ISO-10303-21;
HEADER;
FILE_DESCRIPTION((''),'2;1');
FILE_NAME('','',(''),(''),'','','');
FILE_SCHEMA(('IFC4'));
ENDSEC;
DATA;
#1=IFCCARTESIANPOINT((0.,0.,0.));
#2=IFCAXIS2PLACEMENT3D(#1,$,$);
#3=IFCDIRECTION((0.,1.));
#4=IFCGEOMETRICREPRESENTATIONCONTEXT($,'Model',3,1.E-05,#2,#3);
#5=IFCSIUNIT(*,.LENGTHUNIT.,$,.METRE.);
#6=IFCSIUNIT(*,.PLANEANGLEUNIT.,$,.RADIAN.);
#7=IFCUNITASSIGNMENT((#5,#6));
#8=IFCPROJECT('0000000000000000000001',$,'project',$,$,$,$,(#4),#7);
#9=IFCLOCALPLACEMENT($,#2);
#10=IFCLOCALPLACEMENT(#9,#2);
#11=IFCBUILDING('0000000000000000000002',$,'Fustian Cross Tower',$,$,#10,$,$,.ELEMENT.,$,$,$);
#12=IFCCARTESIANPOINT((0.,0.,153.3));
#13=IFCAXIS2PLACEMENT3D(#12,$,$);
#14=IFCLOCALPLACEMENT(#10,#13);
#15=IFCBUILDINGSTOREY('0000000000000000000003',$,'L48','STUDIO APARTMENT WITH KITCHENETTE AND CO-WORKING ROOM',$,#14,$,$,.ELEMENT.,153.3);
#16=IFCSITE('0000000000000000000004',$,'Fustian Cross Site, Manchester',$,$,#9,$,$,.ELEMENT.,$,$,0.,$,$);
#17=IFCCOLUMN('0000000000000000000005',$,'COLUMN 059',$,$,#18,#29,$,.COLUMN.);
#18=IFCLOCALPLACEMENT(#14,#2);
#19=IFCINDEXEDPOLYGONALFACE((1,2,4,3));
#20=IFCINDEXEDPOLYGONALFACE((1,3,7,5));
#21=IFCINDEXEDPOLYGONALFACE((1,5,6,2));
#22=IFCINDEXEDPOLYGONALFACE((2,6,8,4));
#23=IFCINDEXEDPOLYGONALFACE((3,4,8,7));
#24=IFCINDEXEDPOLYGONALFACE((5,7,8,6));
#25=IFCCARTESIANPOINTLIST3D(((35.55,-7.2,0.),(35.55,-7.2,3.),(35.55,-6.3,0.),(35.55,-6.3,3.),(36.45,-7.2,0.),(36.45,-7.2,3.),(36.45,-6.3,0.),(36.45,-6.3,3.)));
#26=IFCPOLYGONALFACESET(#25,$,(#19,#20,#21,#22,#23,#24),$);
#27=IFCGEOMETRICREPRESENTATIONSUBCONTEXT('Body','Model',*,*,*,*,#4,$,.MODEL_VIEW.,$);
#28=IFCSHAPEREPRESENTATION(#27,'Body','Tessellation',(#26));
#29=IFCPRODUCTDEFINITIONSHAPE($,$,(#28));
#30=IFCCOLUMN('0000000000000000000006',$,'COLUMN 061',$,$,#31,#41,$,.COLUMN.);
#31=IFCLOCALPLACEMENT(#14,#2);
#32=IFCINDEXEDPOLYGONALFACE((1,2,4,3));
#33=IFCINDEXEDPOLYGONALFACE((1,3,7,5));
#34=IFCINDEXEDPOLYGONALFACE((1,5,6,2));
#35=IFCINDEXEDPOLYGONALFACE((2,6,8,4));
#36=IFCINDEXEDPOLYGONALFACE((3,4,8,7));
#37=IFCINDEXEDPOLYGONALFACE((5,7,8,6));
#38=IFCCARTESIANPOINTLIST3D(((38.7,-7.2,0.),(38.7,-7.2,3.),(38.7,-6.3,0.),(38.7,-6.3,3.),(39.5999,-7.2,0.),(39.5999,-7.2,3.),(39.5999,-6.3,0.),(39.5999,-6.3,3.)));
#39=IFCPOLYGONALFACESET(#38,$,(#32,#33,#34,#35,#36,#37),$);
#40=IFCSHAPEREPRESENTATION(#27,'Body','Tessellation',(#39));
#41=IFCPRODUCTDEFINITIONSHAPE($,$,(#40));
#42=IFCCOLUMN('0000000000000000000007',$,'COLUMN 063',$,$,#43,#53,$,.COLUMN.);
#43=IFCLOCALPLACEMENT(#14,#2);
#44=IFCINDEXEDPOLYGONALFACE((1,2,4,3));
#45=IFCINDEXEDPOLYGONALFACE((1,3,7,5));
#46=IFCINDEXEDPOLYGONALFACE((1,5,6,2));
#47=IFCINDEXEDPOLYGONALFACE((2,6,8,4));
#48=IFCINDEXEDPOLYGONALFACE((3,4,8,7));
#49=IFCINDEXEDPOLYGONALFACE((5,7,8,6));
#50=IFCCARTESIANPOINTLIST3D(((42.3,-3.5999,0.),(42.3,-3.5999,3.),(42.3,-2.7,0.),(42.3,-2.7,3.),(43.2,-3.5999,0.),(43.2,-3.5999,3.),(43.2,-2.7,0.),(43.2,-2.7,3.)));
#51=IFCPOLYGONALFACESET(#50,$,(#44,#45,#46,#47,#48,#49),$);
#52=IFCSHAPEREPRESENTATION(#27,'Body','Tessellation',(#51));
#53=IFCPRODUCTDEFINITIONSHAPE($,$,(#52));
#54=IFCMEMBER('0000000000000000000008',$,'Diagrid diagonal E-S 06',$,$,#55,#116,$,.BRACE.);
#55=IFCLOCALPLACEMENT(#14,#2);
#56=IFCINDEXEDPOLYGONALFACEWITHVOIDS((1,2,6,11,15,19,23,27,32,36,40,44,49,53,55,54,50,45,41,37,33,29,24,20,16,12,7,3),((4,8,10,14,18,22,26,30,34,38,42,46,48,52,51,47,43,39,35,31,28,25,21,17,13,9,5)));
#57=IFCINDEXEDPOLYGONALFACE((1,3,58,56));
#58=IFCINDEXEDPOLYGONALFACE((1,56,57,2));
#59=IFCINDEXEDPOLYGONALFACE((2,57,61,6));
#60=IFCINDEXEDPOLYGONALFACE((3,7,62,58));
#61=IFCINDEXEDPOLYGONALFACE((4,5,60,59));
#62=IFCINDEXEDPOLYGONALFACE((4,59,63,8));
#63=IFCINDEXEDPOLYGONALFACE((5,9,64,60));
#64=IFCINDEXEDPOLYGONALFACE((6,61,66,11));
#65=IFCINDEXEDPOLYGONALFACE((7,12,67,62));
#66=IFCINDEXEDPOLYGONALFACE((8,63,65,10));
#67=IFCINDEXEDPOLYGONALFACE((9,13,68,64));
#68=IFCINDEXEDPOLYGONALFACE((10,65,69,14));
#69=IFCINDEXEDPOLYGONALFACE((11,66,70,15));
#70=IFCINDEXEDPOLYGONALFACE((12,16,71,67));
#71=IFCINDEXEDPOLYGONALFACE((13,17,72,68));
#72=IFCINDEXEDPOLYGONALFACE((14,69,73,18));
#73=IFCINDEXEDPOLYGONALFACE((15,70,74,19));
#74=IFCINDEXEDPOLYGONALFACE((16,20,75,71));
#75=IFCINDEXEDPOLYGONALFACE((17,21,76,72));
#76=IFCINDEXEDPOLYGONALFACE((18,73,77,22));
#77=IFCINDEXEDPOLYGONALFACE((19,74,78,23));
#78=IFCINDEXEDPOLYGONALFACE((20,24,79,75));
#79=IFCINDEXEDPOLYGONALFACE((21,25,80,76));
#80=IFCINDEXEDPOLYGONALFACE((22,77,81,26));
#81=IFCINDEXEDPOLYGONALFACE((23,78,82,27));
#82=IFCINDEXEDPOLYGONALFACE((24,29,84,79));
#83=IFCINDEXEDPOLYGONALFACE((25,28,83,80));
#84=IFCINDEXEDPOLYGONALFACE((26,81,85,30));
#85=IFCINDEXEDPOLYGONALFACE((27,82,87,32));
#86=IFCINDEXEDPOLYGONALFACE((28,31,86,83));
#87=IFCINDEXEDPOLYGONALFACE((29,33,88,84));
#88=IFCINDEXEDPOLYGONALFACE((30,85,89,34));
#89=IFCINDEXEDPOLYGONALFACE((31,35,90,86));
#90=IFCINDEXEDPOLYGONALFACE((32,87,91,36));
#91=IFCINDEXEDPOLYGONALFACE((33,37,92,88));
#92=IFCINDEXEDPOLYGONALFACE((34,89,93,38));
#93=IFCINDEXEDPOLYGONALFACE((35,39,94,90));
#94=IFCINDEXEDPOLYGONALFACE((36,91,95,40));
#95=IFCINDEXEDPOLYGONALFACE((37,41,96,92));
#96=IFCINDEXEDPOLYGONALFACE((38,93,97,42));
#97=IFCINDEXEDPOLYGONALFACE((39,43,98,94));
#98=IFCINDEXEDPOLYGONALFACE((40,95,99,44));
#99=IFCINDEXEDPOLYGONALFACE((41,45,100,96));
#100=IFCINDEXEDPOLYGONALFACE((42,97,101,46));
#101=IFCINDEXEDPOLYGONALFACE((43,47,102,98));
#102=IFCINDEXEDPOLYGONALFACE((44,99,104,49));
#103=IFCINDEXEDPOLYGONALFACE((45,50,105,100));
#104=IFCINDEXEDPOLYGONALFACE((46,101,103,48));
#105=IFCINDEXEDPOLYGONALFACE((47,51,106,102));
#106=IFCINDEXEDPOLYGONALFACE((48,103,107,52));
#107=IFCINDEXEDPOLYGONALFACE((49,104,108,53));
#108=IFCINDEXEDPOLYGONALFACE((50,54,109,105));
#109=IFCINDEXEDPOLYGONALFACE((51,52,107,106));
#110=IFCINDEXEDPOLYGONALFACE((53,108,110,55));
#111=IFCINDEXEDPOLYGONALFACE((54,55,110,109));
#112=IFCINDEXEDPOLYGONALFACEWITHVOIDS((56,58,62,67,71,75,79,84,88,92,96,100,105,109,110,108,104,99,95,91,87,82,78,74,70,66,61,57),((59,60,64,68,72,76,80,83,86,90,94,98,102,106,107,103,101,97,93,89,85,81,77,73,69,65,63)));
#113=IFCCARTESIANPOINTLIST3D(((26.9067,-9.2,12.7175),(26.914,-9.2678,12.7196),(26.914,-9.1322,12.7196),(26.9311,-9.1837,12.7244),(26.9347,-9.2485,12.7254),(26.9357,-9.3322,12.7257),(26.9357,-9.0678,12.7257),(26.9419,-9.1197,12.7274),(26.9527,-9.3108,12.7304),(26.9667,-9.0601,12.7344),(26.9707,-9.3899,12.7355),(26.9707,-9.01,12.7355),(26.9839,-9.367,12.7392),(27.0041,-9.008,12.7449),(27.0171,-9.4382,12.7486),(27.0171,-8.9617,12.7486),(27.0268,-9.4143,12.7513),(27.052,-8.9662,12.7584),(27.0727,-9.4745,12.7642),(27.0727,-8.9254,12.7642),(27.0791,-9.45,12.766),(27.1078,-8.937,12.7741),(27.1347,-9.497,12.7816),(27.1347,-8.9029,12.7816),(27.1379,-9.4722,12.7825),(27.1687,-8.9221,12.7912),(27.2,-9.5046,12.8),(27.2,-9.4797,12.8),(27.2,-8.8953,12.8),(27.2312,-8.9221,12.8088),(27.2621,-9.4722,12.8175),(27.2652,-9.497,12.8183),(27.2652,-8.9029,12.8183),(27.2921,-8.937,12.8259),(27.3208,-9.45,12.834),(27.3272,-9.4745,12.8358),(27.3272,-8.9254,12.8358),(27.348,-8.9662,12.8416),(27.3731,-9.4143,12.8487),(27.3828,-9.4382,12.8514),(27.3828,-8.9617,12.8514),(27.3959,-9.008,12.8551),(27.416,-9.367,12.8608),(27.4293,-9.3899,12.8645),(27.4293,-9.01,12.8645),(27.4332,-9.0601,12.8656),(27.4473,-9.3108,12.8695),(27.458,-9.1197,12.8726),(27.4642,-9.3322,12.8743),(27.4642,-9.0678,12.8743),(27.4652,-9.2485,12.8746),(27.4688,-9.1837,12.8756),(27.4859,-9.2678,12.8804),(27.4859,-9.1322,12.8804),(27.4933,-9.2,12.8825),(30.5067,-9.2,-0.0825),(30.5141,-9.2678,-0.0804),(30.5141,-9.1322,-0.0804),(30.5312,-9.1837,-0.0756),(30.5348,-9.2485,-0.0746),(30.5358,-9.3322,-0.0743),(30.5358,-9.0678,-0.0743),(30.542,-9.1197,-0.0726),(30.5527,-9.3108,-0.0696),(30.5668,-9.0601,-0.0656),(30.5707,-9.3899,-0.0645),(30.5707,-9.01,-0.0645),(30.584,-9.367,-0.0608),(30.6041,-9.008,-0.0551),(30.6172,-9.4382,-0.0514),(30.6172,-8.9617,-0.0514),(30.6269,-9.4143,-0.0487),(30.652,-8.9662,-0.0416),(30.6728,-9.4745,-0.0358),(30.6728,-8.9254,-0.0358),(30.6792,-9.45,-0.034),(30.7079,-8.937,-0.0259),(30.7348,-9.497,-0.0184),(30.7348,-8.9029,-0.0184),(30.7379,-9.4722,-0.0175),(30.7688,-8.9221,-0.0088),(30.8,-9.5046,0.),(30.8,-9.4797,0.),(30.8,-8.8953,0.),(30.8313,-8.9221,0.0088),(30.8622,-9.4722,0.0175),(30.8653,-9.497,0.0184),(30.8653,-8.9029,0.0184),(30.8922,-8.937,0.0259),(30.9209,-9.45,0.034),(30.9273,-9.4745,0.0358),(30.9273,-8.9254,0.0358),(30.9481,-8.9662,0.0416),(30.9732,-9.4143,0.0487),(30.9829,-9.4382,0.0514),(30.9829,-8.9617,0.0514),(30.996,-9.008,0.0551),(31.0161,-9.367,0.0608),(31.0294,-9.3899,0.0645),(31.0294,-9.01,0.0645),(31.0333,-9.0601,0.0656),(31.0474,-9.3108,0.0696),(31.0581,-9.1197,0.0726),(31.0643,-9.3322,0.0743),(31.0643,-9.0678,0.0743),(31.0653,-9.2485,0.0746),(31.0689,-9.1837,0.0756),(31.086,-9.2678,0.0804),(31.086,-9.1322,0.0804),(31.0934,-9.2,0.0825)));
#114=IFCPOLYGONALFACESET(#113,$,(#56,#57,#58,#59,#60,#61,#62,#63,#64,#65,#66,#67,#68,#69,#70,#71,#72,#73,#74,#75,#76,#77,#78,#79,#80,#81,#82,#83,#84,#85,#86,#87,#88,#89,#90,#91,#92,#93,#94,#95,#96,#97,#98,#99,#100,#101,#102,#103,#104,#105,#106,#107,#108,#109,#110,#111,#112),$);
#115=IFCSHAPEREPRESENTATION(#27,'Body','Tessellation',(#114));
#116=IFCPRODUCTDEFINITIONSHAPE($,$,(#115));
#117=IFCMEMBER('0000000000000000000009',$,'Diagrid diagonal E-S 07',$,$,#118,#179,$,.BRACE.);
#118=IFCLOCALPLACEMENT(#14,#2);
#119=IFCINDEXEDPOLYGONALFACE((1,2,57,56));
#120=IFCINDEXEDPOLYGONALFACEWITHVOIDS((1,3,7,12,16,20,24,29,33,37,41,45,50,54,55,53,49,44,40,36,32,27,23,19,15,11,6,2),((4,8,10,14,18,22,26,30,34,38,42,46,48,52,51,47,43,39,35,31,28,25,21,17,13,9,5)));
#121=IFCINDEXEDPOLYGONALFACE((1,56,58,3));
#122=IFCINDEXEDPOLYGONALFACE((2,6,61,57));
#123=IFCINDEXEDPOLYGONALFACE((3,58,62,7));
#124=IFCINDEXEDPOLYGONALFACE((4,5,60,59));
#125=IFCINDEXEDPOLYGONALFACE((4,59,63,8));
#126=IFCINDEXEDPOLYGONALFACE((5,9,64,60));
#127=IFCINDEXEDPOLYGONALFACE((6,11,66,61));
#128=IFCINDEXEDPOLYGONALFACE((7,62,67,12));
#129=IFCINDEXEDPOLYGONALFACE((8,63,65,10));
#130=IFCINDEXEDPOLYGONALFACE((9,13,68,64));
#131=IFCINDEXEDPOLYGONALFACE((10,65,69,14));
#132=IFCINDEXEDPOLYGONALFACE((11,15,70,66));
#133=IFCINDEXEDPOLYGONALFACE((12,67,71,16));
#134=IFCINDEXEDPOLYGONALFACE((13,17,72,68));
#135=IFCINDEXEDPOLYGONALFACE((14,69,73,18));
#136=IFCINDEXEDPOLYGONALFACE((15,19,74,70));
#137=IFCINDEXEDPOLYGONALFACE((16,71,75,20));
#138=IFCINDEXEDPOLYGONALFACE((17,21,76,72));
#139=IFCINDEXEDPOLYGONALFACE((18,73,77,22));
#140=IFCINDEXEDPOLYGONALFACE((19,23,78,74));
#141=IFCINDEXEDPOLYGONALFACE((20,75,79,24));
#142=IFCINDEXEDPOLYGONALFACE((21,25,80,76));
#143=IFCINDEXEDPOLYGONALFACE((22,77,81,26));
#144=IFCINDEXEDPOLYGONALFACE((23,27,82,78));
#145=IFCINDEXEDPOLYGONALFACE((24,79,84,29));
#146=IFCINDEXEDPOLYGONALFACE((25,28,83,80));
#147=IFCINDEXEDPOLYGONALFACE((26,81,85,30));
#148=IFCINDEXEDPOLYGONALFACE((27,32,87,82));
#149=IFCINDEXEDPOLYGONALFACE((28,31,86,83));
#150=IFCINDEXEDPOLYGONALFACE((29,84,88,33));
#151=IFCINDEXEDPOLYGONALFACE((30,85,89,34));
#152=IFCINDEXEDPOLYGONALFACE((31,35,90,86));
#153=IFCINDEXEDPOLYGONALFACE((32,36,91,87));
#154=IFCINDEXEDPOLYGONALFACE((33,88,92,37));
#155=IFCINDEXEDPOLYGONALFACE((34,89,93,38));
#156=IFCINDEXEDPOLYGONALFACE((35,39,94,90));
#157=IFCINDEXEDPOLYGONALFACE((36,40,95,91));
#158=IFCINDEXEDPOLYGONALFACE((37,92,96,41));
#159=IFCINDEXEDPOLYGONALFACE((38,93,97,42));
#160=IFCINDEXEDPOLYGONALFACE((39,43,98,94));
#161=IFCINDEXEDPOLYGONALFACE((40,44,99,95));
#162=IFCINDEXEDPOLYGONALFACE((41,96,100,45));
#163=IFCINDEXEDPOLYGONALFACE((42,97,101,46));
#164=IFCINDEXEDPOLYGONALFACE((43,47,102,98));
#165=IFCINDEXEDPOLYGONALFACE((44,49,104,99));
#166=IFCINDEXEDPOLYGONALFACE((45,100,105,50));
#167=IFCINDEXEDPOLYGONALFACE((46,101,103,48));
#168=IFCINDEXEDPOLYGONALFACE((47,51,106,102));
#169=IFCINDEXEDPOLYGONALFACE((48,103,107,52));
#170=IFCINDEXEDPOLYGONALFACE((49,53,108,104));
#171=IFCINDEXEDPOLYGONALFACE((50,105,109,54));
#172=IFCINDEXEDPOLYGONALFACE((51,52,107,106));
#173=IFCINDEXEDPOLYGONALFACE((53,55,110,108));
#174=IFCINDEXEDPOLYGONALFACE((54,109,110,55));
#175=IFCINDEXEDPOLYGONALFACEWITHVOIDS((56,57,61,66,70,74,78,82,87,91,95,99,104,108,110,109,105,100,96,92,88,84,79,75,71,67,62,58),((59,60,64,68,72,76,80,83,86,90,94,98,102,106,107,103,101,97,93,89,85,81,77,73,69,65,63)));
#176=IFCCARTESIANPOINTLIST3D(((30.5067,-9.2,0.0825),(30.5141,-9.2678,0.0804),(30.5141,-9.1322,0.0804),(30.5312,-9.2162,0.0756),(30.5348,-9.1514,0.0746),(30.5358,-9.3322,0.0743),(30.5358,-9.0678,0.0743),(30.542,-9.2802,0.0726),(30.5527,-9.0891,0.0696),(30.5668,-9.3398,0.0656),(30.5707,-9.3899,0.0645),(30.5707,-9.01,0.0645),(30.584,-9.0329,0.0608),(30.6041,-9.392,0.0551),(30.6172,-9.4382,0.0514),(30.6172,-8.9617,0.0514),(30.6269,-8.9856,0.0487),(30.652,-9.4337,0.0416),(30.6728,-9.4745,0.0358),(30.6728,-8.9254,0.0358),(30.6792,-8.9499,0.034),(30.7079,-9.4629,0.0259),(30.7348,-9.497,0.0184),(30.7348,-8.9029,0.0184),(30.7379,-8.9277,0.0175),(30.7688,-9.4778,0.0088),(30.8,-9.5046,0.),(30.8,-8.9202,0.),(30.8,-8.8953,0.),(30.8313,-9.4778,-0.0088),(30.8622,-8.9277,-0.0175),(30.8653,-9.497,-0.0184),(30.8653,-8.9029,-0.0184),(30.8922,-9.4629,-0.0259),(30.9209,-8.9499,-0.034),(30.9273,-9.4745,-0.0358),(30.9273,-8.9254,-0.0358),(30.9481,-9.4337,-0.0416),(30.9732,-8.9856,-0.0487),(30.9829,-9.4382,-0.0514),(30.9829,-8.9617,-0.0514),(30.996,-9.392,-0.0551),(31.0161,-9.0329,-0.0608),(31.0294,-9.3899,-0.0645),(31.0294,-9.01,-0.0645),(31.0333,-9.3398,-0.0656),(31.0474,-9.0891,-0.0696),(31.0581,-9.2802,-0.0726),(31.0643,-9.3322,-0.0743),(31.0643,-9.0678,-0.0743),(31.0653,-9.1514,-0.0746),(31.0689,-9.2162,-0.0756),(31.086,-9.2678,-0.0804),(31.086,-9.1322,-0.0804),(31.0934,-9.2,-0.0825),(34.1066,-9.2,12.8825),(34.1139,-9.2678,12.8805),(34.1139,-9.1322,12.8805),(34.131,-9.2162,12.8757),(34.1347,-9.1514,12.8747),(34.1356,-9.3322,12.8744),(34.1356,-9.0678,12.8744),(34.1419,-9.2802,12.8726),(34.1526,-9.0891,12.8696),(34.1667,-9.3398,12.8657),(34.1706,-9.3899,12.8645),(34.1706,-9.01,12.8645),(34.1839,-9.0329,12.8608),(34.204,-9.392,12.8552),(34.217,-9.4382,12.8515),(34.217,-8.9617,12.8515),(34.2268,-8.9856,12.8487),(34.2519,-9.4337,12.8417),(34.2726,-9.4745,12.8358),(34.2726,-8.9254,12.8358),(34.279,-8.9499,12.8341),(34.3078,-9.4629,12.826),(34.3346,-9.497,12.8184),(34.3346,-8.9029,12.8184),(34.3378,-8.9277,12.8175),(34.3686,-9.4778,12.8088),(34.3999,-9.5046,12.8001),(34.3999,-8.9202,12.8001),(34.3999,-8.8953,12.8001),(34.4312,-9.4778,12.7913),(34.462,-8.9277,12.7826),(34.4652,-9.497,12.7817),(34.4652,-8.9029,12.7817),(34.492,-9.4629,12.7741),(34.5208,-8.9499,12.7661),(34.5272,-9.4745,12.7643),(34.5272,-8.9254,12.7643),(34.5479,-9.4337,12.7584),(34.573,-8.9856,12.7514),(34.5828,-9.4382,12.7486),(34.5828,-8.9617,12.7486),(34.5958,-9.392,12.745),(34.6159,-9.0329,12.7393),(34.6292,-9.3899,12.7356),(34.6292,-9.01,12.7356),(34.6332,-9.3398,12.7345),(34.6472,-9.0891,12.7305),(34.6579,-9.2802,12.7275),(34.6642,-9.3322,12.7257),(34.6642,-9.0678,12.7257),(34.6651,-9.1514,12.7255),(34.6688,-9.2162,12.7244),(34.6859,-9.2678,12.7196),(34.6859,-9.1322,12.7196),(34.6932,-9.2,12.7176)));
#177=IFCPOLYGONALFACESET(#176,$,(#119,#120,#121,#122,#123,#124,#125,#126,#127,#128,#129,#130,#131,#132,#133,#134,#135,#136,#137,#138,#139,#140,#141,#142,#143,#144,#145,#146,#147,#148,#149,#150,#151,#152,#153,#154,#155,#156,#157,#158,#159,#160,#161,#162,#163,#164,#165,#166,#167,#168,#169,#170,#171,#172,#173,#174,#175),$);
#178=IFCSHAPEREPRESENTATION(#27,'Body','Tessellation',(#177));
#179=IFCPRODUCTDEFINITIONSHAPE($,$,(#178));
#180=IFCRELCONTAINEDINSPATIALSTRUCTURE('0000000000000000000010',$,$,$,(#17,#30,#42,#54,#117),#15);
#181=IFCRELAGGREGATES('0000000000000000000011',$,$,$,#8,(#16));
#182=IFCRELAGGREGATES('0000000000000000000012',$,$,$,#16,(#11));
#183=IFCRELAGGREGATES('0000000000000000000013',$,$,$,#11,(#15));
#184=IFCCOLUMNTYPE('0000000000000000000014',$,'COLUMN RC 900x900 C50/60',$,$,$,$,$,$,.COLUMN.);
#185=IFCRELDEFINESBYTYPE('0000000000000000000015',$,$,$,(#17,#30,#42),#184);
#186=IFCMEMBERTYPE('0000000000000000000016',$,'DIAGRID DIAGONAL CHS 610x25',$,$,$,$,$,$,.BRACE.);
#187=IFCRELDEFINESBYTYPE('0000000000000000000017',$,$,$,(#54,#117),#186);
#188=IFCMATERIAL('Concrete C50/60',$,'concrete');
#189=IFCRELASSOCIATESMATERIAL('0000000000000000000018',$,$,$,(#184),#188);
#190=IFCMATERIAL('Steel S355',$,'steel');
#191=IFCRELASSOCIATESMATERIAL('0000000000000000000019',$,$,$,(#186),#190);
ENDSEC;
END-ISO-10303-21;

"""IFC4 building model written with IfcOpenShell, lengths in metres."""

from ifc_helpers import new_model, si_unit, direction, frame, origin, origin_2d, place, context, subcontext, project, spatial, rectangle, hollow_circle, extrude, material, material_profile, profile_set, type_object, element, save


model = new_model("IFC4")

# Units and contexts
model_context = context("Model", 3, precision=1e-05, world=origin(), true_north=direction((0.0, 1.0)))
body_context = subcontext(model_context, "Body", "Model", "MODEL_VIEW")
ifc_project = project(units=[si_unit("LENGTHUNIT", "METRE"), si_unit("PLANEANGLEUNIT", "RADIAN")], contexts=[model_context])

# Site, building, storey
site_placement = place(None, origin())
site = spatial("IfcSite", under=ifc_project, at=site_placement, Name="Fustian Cross Site, Manchester", CompositionType="ELEMENT", RefElevation=0.0)
building_placement = place(site_placement, origin())
building = spatial("IfcBuilding", under=site, at=building_placement, Name="Fustian Cross Tower", CompositionType="ELEMENT")
storey_placement = place(building_placement, frame((0.0, 0.0, 153.3)))
storey = spatial("IfcBuildingStorey", under=building, at=storey_placement, Name="L48", Description="STUDIO APARTMENT WITH KITCHENETTE AND CO-WORKING ROOM", CompositionType="ELEMENT", Elevation=153.3)

# Columns
ifc_material_1 = material(Name="Concrete C50/60", Category="concrete")
ifc_material_profile_1 = material_profile(ifc_material_1, rectangle(XDim=0.8999, YDim=0.8999, at=origin_2d()), Name="RC 900x900")
ifc_profile_set_1 = profile_set([ifc_material_profile_1], Name="Concrete C50/60")
column_type = type_object("IfcColumnType", Name="COLUMN RC 900x900 C50/60", PredefinedType="COLUMN", material=ifc_profile_set_1)
for number, where, z_axis, x_axis, name in (
    (1, (36.0, -6.75, 0.0), (0.0, 0.0, 1.0), (1.0, 0.0, 0.0), "COLUMN 059"),
    (2, (39.1499, -6.75, 0.0), (0.0, 0.0, 1.0), (1.0, 0.0, 0.0), "COLUMN 061"),
    (3, (42.75, -3.1499, 0.0), (0.0, 0.0, 1.0), (1.0, 0.0, 0.0), "COLUMN 063"),
):
    element("IfcColumn", number, at=place(storey_placement, frame(where, z_axis=z_axis, x_axis=x_axis)), inside=storey, type_object=column_type, Name=name, PredefinedType="COLUMN", context=body_context, shape_type="SweptSolid", body=[
        extrude(rectangle(XDim=0.8999, YDim=0.8999, at=origin_2d()), origin(), (0.0, 0.0, 1.0), 3.0),
    ])

# Members
ifc_material_2 = material(Name="Steel S355", Category="steel")
ifc_material_profile_2 = material_profile(ifc_material_2, hollow_circle(Radius=0.3047, WallThickness=0.0249, at=origin_2d()), Name="CHS 610x25")
ifc_profile_set_2 = profile_set([ifc_material_profile_2], Name="Steel S355")
member_type_1 = type_object("IfcMemberType", Name="DIAGRID DIAGONAL CHS 610x25", PredefinedType="BRACE", material=ifc_profile_set_2)
for number, where, z_axis, x_axis, name in (
    (4, (30.8, -9.2, 0.0), (-0.270751, 0.0, 0.962649), (0.0, -1.0, 0.0), "Diagrid diagonal E-S 06"),
    (5, (30.8, -9.2, 0.0), (0.270734, 0.0, 0.962654), (0.0, 1.0, 0.0), "Diagrid diagonal E-S 07"),
):
    element("IfcMember", number, at=place(storey_placement, frame(where, z_axis=z_axis, x_axis=x_axis)), inside=storey, type_object=member_type_1, Name=name, PredefinedType="BRACE", context=body_context, shape_type="SweptSolid", body=[
        extrude(hollow_circle(Radius=0.3047, WallThickness=0.0249, at=origin_2d()), origin(), (0.0, 0.0, 1.0), 13.2966),
    ])

save(model, "model.ifc")
